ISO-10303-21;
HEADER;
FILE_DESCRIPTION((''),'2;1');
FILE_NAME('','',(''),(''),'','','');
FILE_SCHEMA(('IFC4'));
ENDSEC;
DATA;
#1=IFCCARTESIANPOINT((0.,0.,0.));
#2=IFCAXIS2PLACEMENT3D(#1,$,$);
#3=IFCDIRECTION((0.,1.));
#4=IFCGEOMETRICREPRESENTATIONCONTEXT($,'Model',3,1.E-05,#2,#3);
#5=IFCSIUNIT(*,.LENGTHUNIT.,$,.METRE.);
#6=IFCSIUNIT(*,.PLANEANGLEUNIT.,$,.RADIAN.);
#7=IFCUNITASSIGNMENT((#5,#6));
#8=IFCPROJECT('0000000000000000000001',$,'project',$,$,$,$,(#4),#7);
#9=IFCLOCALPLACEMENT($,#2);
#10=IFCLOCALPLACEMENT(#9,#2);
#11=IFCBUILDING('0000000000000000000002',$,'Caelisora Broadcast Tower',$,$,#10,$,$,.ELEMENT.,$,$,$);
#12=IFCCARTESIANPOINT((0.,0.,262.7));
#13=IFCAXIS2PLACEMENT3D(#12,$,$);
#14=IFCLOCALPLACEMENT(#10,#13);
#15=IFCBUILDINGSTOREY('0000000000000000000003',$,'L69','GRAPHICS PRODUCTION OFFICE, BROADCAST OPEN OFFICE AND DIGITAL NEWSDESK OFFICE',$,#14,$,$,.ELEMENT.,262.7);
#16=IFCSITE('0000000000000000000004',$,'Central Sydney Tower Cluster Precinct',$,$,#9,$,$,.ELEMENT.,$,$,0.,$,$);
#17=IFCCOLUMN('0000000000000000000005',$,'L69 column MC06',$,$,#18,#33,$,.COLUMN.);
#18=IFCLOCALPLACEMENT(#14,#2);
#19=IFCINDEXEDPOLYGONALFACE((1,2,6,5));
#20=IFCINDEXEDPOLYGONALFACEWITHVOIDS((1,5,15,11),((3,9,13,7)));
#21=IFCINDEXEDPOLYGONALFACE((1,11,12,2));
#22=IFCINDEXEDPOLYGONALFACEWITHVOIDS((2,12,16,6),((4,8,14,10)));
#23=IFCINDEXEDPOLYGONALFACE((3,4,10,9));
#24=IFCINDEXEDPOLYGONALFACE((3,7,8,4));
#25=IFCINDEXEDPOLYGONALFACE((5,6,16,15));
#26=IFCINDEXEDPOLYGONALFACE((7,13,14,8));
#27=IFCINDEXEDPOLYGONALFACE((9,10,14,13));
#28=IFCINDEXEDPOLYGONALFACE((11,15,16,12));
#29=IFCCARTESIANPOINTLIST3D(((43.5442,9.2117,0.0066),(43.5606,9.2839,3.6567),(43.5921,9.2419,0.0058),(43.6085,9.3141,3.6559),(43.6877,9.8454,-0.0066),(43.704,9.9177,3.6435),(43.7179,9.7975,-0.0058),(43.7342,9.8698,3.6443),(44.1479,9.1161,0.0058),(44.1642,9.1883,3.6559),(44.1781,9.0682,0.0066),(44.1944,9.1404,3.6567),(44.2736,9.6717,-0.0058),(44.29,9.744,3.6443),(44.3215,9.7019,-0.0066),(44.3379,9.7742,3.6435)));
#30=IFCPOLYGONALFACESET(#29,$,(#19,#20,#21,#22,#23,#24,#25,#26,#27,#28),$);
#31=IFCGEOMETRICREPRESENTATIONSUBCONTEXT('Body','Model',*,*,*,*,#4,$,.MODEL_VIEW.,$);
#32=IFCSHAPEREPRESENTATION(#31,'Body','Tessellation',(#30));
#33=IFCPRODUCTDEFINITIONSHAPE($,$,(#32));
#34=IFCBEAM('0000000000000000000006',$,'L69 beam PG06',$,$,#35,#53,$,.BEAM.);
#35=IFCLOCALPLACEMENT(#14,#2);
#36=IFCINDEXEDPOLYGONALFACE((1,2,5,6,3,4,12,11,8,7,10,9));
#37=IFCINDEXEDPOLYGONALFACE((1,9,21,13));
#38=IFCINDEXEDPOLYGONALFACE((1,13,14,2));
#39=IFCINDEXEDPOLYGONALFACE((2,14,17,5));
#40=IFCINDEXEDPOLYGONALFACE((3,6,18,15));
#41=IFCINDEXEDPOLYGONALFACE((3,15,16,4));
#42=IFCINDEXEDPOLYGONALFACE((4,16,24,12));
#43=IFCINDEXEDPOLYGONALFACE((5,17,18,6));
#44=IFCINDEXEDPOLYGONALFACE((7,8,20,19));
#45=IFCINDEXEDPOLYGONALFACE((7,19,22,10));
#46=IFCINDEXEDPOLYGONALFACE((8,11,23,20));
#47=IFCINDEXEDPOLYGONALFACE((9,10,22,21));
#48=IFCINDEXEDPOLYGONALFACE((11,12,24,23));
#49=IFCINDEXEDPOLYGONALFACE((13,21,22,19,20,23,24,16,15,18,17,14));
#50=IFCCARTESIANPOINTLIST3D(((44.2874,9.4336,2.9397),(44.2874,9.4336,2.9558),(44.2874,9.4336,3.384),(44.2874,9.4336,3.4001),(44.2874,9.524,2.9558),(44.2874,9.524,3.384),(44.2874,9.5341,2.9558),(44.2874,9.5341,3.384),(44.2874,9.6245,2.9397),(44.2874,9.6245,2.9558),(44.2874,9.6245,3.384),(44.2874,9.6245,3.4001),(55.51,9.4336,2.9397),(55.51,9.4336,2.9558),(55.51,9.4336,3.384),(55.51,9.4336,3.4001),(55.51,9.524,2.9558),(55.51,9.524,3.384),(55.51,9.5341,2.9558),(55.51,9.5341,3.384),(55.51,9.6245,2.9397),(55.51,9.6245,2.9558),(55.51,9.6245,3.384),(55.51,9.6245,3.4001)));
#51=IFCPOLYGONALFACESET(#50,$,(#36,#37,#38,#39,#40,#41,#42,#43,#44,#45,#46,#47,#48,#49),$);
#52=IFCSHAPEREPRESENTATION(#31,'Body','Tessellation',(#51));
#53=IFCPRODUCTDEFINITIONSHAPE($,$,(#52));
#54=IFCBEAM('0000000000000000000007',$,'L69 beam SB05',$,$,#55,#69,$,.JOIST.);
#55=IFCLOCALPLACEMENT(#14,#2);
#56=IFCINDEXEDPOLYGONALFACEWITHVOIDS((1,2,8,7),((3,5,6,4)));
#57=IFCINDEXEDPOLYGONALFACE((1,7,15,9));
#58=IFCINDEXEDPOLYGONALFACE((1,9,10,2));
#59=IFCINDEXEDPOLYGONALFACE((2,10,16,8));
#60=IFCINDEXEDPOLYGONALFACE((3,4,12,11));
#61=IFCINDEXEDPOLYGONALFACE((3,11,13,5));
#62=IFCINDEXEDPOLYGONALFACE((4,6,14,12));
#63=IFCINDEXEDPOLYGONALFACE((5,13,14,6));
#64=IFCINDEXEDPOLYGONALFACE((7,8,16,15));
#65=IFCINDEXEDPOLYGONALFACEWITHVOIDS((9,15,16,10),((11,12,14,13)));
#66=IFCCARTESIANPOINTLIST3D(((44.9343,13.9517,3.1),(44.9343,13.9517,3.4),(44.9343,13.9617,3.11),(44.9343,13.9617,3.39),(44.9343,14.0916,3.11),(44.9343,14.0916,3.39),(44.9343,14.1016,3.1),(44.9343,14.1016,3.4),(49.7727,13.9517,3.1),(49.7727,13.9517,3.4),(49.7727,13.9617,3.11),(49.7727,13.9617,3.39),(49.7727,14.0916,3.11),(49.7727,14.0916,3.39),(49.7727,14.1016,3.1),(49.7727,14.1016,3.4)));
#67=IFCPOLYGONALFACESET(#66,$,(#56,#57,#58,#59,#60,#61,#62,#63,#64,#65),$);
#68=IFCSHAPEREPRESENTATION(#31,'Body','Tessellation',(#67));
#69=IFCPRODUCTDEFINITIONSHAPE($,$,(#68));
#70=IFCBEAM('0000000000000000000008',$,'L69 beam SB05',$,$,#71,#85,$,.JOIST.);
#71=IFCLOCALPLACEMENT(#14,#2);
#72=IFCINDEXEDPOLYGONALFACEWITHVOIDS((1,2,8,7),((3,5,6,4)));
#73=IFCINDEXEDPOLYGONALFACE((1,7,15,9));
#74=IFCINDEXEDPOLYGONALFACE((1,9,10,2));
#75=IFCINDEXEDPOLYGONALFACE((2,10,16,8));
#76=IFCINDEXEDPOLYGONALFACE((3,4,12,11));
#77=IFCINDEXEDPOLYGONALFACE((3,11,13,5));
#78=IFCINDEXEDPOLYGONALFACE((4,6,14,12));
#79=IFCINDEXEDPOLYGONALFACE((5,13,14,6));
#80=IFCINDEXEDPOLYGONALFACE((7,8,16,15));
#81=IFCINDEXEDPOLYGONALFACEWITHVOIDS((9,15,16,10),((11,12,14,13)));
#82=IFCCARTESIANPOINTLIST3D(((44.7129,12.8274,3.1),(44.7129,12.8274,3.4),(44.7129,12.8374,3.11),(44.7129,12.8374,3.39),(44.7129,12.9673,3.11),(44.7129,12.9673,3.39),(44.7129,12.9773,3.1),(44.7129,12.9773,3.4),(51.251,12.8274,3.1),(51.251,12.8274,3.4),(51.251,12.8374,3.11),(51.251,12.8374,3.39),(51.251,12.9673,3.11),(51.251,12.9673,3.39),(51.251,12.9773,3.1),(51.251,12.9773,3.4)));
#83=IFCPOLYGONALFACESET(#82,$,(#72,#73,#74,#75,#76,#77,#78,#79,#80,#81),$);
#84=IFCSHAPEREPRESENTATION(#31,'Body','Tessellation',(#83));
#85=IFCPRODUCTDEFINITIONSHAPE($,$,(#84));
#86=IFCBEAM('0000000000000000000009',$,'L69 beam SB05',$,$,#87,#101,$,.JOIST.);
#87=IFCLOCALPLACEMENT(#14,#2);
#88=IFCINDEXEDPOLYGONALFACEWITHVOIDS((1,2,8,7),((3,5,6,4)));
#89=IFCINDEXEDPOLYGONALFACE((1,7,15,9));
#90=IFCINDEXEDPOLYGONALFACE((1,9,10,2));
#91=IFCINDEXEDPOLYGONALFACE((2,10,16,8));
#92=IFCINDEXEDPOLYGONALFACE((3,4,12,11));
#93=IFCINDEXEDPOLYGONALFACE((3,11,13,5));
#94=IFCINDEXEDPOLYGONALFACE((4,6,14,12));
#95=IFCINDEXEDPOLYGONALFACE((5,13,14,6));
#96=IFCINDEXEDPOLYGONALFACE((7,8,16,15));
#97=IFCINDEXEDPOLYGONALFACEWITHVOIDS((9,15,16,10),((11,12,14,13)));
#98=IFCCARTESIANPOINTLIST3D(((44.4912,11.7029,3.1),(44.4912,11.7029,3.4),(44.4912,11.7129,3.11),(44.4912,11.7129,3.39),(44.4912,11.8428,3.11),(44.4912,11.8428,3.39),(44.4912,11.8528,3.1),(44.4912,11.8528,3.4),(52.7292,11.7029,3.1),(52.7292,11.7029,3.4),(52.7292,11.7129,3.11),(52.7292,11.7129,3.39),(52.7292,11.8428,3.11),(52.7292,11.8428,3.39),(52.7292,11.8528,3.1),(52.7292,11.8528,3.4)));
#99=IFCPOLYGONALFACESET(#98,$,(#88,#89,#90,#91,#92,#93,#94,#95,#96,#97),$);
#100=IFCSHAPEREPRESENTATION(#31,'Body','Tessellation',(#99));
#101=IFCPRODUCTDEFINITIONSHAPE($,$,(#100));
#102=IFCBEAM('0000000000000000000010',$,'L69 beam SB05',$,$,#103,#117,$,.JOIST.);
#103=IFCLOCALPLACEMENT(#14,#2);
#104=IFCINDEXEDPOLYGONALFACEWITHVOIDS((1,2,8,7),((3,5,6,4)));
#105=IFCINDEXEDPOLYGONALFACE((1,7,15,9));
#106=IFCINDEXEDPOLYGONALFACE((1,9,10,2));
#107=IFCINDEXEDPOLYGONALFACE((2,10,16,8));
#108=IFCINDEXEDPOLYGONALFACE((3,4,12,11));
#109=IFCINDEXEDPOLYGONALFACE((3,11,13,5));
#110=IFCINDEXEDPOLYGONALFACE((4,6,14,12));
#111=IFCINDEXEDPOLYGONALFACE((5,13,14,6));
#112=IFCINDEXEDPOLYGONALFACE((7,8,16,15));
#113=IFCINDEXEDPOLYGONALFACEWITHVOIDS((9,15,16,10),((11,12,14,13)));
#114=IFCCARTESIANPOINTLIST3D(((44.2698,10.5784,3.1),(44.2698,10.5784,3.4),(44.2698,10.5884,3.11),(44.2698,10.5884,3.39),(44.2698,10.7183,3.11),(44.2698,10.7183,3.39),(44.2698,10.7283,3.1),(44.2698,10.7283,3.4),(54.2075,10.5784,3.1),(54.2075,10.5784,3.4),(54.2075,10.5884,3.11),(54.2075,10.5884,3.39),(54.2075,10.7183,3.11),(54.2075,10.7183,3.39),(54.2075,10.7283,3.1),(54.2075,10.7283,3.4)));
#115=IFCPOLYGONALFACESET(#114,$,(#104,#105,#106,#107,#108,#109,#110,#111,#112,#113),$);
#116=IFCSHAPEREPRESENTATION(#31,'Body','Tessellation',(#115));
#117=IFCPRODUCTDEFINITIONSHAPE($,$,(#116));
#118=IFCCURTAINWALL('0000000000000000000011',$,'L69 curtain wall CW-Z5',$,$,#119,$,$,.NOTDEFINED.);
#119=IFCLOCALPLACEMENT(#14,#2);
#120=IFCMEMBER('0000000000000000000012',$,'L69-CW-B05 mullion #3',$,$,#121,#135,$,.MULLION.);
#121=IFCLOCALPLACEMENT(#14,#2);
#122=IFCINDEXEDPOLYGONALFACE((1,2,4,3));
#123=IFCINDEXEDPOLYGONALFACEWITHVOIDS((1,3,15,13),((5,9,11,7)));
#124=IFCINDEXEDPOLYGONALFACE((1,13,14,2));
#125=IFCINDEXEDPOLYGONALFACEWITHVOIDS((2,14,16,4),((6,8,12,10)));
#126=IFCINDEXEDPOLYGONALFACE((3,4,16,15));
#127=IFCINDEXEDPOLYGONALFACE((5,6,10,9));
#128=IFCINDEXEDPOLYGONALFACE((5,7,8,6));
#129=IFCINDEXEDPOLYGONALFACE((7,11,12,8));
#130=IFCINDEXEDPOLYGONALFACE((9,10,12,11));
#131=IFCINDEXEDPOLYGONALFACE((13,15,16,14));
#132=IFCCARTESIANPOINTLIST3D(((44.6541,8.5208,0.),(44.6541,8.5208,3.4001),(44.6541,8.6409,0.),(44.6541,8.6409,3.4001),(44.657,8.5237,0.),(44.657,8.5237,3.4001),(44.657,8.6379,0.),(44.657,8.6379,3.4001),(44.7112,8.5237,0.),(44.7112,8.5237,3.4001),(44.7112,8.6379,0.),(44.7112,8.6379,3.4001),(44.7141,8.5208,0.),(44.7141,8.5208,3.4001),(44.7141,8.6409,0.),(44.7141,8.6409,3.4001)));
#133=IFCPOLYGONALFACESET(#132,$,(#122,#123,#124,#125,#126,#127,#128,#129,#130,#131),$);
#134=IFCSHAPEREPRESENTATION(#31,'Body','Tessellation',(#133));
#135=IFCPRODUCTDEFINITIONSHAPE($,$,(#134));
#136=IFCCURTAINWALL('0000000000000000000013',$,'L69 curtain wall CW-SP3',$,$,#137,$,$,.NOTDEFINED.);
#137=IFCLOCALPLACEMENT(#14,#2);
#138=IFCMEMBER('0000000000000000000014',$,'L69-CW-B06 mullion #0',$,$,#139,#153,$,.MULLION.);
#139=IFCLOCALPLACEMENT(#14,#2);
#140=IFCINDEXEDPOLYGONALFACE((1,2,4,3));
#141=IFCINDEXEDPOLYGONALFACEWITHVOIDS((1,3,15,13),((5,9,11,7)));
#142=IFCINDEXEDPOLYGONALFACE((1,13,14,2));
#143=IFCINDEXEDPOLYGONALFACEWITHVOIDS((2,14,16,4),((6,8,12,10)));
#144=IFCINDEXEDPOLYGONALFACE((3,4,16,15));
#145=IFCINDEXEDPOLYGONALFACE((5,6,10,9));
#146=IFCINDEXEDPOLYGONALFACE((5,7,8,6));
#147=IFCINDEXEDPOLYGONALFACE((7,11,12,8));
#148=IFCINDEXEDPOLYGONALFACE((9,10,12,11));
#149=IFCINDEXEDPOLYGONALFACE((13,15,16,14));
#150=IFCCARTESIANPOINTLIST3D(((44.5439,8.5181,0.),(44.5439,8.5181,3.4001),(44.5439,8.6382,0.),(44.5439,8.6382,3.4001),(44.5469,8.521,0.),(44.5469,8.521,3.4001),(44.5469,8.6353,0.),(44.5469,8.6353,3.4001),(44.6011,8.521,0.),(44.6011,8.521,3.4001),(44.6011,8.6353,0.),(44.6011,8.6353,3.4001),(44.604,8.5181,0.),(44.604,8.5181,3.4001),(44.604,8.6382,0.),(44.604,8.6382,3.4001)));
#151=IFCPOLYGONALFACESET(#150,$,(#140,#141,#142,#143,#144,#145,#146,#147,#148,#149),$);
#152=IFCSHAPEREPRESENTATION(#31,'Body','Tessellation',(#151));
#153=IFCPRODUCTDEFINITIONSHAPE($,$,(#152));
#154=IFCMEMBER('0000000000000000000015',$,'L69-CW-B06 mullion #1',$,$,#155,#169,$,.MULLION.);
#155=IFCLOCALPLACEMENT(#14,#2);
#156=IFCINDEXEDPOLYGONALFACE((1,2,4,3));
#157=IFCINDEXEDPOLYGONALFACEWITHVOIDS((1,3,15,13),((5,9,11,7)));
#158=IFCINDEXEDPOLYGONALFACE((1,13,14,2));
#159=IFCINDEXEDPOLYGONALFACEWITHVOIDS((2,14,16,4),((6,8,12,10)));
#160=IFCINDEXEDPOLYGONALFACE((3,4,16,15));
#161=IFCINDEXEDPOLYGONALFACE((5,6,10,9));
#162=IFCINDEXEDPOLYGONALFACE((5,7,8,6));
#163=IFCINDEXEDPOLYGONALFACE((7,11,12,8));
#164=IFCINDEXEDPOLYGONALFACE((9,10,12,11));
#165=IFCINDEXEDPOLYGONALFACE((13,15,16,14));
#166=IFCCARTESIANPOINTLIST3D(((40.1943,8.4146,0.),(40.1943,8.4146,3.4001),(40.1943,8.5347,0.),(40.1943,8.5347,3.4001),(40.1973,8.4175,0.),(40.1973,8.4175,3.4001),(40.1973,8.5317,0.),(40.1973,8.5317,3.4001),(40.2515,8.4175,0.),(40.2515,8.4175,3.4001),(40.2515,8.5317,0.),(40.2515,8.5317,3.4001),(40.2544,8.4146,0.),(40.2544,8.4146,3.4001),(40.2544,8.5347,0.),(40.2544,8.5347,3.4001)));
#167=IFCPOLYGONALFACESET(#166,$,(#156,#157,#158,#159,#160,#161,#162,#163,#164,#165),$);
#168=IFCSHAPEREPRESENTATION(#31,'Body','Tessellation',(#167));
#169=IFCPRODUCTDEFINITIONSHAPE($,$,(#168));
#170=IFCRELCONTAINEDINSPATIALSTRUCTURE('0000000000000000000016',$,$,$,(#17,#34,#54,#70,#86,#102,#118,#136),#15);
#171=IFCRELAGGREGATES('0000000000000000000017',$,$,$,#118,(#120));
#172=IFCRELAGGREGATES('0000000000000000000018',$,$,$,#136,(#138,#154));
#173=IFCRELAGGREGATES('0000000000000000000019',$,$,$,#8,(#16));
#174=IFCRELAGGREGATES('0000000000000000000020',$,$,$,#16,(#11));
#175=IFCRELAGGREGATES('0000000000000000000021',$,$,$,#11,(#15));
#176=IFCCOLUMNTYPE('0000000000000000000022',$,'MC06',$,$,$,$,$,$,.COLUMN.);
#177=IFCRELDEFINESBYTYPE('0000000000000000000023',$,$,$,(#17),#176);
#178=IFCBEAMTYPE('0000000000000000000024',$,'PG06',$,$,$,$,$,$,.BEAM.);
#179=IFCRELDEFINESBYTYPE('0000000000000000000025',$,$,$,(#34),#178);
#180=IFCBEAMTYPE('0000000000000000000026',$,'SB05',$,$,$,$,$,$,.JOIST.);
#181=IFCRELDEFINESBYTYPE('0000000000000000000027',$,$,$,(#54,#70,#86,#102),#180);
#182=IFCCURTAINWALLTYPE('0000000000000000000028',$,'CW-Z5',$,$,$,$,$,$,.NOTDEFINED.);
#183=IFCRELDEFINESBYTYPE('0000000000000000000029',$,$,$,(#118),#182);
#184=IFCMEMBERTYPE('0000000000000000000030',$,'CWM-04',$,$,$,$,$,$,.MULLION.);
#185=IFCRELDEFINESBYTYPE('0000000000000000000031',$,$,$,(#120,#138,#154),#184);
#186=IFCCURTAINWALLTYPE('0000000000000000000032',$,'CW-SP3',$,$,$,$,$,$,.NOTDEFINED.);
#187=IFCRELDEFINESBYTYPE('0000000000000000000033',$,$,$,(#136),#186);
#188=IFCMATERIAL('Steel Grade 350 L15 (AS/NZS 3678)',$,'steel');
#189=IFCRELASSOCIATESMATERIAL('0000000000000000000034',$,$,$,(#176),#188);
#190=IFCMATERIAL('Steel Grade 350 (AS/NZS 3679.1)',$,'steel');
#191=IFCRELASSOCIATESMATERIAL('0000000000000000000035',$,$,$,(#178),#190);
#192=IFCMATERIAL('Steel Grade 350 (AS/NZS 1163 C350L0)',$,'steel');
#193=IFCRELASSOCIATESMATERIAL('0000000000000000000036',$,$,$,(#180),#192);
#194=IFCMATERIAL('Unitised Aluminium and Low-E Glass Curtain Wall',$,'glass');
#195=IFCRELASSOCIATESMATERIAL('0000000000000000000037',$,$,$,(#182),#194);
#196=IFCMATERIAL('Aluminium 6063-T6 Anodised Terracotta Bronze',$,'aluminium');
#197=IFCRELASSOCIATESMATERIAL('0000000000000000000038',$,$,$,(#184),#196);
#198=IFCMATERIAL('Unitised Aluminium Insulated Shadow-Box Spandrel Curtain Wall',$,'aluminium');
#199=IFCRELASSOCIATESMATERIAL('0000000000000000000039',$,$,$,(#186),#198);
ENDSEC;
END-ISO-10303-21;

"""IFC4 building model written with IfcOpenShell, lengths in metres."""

from ifc_helpers import new_model, si_unit, direction, frame, origin, origin_2d, place, context, subcontext, project, spatial, hollow_rectangle, i_section, extrude, source, transform, mapped, material, material_profile, profile_set, type_object, type_shapes, element, aggregate, save


model = new_model("IFC4")

# Units and contexts
model_context = context("Model", 3, precision=1e-05, world=origin(), true_north=direction((0.0, 1.0)))
body_context = subcontext(model_context, "Body", "Model", "MODEL_VIEW")
ifc_project = project(units=[si_unit("LENGTHUNIT", "METRE"), si_unit("PLANEANGLEUNIT", "RADIAN")], contexts=[model_context])

# Site, building, storey
site_placement = place(None, origin())
site = spatial("IfcSite", under=ifc_project, at=site_placement, Name="Central Sydney Tower Cluster Precinct", CompositionType="ELEMENT", RefElevation=0.0)
building_placement = place(site_placement, origin())
building = spatial("IfcBuilding", under=site, at=building_placement, Name="Caelisora Broadcast Tower", CompositionType="ELEMENT")
storey_placement = place(building_placement, frame((0.0, 0.0, 262.7)))
storey = spatial("IfcBuildingStorey", under=building, at=storey_placement, Name="L69", Description="GRAPHICS PRODUCTION OFFICE, BROADCAST OPEN OFFICE AND DIGITAL NEWSDESK OFFICE", CompositionType="ELEMENT", Elevation=262.7)

# Column
ifc_material_1 = material(Name="Steel Grade 350 L15 (AS/NZS 3678)", Category="steel")
ifc_material_profile_1 = material_profile(ifc_material_1, hollow_rectangle(XDim=0.6499, YDim=0.6499, WallThickness=0.04, at=origin_2d()), Name="Steel Grade 350 L15 (AS/NZS 3678)")
ifc_profile_set_1 = profile_set([ifc_material_profile_1], Name="Steel Grade 350 L15 (AS/NZS 3678)")
column_type = type_object("IfcColumnType", Name="MC06", PredefinedType="COLUMN", material=ifc_profile_set_1)
shared_shape_1 = source(origin(), body_context, "Body", "SweptSolid", [
    extrude(hollow_rectangle(XDim=0.6499, YDim=0.6499, WallThickness=0.04, at=origin_2d()), origin(), (0.0, 0.0, 1.0), 3.6509),
])
type_shapes(column_type, [shared_shape_1])
column_placement = place(storey_placement, frame((43.9329, 9.4568, 0.0), z_axis=(0.00448, 0.019794, 0.999794), x_axis=(-0.975327, 0.220767, 0.0)))
element("IfcColumn", 1, at=column_placement, inside=storey, type_object=column_type, Name="L69 column MC06", PredefinedType="COLUMN", context=body_context, shape_type="MappedRepresentation", body=[
    mapped(shared_shape_1, transform((0.0, 0.0, 0.0), scale=1.0)),
])

# Beams
ifc_material_2 = material(Name="Steel Grade 350 (AS/NZS 3679.1)", Category="steel")
ifc_material_profile_2 = material_profile(ifc_material_2, i_section(OverallWidth=0.1909, OverallDepth=0.4604, WebThickness=0.01, FlangeThickness=0.0161, at=origin_2d()), Name="Steel Grade 350 (AS/NZS 3679.1)")
ifc_profile_set_2 = profile_set([ifc_material_profile_2], Name="Steel Grade 350 (AS/NZS 3679.1)")
beam_type_1 = type_object("IfcBeamType", Name="PG06", PredefinedType="BEAM", material=ifc_profile_set_2)
shared_shape_2 = source(origin(), body_context, "Body", "SweptSolid", [
    extrude(i_section(OverallWidth=0.1909, OverallDepth=0.4604, WebThickness=0.01, FlangeThickness=0.0161, at=origin_2d()), origin(), (0.0, 0.0, 1.0), 11.2227),
])
type_shapes(beam_type_1, [shared_shape_2])
beam_1_placement = place(storey_placement, frame((44.2874, 9.5291, 3.1699), z_axis=(1.0, 0.0, 0.0), x_axis=(0.0, 1.0, 0.0)))
element("IfcBeam", 2, at=beam_1_placement, inside=storey, type_object=beam_type_1, Name="L69 beam PG06", PredefinedType="BEAM", context=body_context, shape_type="MappedRepresentation", body=[
    mapped(shared_shape_2, transform((0.0, 0.0, 0.0), scale=1.0)),
])
ifc_material_3 = material(Name="Steel Grade 350 (AS/NZS 1163 C350L0)", Category="steel")
ifc_material_profile_3 = material_profile(ifc_material_3, hollow_rectangle(XDim=0.1499, YDim=0.3, WallThickness=0.01, at=origin_2d()), Name="Steel Grade 350 (AS/NZS 1163 C350L0)")
ifc_profile_set_3 = profile_set([ifc_material_profile_3], Name="Steel Grade 350 (AS/NZS 1163 C350L0)")
beam_type_2 = type_object("IfcBeamType", Name="SB05", PredefinedType="JOIST", material=ifc_profile_set_3)
shared_shape_3 = source(origin(), body_context, "Body", "SweptSolid", [
    extrude(hollow_rectangle(XDim=0.1499, YDim=0.3, WallThickness=0.01, at=origin_2d()), origin(), (0.0, 0.0, 1.0), 4.8384),
])
beam_2_placement = place(storey_placement, frame((44.9343, 14.0266, 3.25), z_axis=(1.0, 0.0, 0.0), x_axis=(0.0, 1.0, 0.0)))
element("IfcBeam", 3, at=beam_2_placement, inside=storey, type_object=beam_type_2, Name="L69 beam SB05", PredefinedType="JOIST", context=body_context, shape_type="MappedRepresentation", body=[
    mapped(shared_shape_3, transform((0.0, 0.0, 0.0), scale=1.0)),
])
shared_shape_4 = source(origin(), body_context, "Body", "SweptSolid", [
    extrude(hollow_rectangle(XDim=0.1499, YDim=0.3, WallThickness=0.01, at=origin_2d()), origin(), (0.0, 0.0, 1.0), 6.5381),
])
beam_3_placement = place(storey_placement, frame((44.7129, 12.9023, 3.25), z_axis=(1.0, 0.0, 0.0), x_axis=(0.0, 1.0, 0.0)))
element("IfcBeam", 4, at=beam_3_placement, inside=storey, type_object=beam_type_2, Name="L69 beam SB05", PredefinedType="JOIST", context=body_context, shape_type="MappedRepresentation", body=[
    mapped(shared_shape_4, transform((0.0, 0.0, 0.0), scale=1.0)),
])
shared_shape_5 = source(origin(), body_context, "Body", "SweptSolid", [
    extrude(hollow_rectangle(XDim=0.1499, YDim=0.3, WallThickness=0.01, at=origin_2d()), origin(), (0.0, 0.0, 1.0), 8.238),
])
beam_4_placement = place(storey_placement, frame((44.4912, 11.7778, 3.25), z_axis=(1.0, 0.0, 0.0), x_axis=(0.0, 1.0, 0.0)))
element("IfcBeam", 5, at=beam_4_placement, inside=storey, type_object=beam_type_2, Name="L69 beam SB05", PredefinedType="JOIST", context=body_context, shape_type="MappedRepresentation", body=[
    mapped(shared_shape_5, transform((0.0, 0.0, 0.0), scale=1.0)),
])
shared_shape_6 = source(origin(), body_context, "Body", "SweptSolid", [
    extrude(hollow_rectangle(XDim=0.1499, YDim=0.3, WallThickness=0.01, at=origin_2d()), origin(), (0.0, 0.0, 1.0), 9.9377),
])
type_shapes(beam_type_2, [shared_shape_3, shared_shape_4, shared_shape_5, shared_shape_6])
beam_5_placement = place(storey_placement, frame((44.2698, 10.6533, 3.25), z_axis=(1.0, 0.0, 0.0), x_axis=(0.0, 1.0, 0.0)))
element("IfcBeam", 6, at=beam_5_placement, inside=storey, type_object=beam_type_2, Name="L69 beam SB05", PredefinedType="JOIST", context=body_context, shape_type="MappedRepresentation", body=[
    mapped(shared_shape_6, transform((0.0, 0.0, 0.0), scale=1.0)),
])

# Curtain wall, member
ifc_material_4 = material(Name="Unitised Aluminium and Low-E Glass Curtain Wall", Category="glass")
curtain_wall_type_1 = type_object("IfcCurtainWallType", Name="CW-Z5", PredefinedType="NOTDEFINED", material=ifc_material_4)
curtain_wall_1_placement = place(storey_placement, origin())
curtain_wall_1 = element("IfcCurtainWall", 7, at=curtain_wall_1_placement, inside=storey, type_object=curtain_wall_type_1, Name="L69 curtain wall CW-Z5", PredefinedType="NOTDEFINED")
ifc_material_5 = material(Name="Aluminium 6063-T6 Anodised Terracotta Bronze", Category="aluminium")
ifc_material_profile_4 = material_profile(ifc_material_5, hollow_rectangle(XDim=0.0601, YDim=0.1201, WallThickness=0.0029, at=origin_2d()), Name="Aluminium 6063-T6 Anodised Terracotta Bronze")
ifc_profile_set_4 = profile_set([ifc_material_profile_4], Name="Aluminium 6063-T6 Anodised Terracotta Bronze")
member_type_1 = type_object("IfcMemberType", Name="CWM-04", PredefinedType="MULLION", material=ifc_profile_set_4)
shared_shape_7 = source(origin(), body_context, "Body", "SweptSolid", [
    extrude(hollow_rectangle(XDim=0.0601, YDim=0.1201, WallThickness=0.0029, at=origin_2d()), origin(), (0.0, 0.0, 1.0), 3.4001),
])
type_shapes(member_type_1, [shared_shape_7])
member_1_placement = place(storey_placement, frame((44.6841, 8.5808, 0.0), z_axis=(0.0, 0.0, 1.0), x_axis=(1.0, 0.0, 0.0)))
member_1 = element("IfcMember", 8, at=member_1_placement, type_object=member_type_1, Name="L69-CW-B05 mullion #3", PredefinedType="MULLION", context=body_context, shape_type="MappedRepresentation", body=[
    mapped(shared_shape_7, transform((0.0, 0.0, 0.0), scale=1.0)),
])
aggregate(curtain_wall_1, [member_1])

# Curtain wall, members
ifc_material_6 = material(Name="Unitised Aluminium Insulated Shadow-Box Spandrel Curtain Wall", Category="aluminium")
curtain_wall_type_2 = type_object("IfcCurtainWallType", Name="CW-SP3", PredefinedType="NOTDEFINED", material=ifc_material_6)
curtain_wall_2_placement = place(storey_placement, origin())
curtain_wall_2 = element("IfcCurtainWall", 9, at=curtain_wall_2_placement, inside=storey, type_object=curtain_wall_type_2, Name="L69 curtain wall CW-SP3", PredefinedType="NOTDEFINED")
member_2_placement = place(storey_placement, frame((44.574, 8.5781, 0.0), z_axis=(0.0, 0.0, 1.0), x_axis=(1.0, 0.0, 0.0)))
member_2 = element("IfcMember", 10, at=member_2_placement, type_object=member_type_1, Name="L69-CW-B06 mullion #0", PredefinedType="MULLION", context=body_context, shape_type="MappedRepresentation", body=[
    mapped(shared_shape_7, transform((0.0, 0.0, 0.0), scale=1.0)),
])
member_3_placement = place(storey_placement, frame((40.2244, 8.4746, 0.0), z_axis=(0.0, 0.0, 1.0), x_axis=(1.0, 0.0, 0.0)))
member_3 = element("IfcMember", 11, at=member_3_placement, type_object=member_type_1, Name="L69-CW-B06 mullion #1", PredefinedType="MULLION", context=body_context, shape_type="MappedRepresentation", body=[
    mapped(shared_shape_7, transform((0.0, 0.0, 0.0), scale=1.0)),
])

aggregate(curtain_wall_2, [member_2, member_3])

save(model, "model.ifc")
